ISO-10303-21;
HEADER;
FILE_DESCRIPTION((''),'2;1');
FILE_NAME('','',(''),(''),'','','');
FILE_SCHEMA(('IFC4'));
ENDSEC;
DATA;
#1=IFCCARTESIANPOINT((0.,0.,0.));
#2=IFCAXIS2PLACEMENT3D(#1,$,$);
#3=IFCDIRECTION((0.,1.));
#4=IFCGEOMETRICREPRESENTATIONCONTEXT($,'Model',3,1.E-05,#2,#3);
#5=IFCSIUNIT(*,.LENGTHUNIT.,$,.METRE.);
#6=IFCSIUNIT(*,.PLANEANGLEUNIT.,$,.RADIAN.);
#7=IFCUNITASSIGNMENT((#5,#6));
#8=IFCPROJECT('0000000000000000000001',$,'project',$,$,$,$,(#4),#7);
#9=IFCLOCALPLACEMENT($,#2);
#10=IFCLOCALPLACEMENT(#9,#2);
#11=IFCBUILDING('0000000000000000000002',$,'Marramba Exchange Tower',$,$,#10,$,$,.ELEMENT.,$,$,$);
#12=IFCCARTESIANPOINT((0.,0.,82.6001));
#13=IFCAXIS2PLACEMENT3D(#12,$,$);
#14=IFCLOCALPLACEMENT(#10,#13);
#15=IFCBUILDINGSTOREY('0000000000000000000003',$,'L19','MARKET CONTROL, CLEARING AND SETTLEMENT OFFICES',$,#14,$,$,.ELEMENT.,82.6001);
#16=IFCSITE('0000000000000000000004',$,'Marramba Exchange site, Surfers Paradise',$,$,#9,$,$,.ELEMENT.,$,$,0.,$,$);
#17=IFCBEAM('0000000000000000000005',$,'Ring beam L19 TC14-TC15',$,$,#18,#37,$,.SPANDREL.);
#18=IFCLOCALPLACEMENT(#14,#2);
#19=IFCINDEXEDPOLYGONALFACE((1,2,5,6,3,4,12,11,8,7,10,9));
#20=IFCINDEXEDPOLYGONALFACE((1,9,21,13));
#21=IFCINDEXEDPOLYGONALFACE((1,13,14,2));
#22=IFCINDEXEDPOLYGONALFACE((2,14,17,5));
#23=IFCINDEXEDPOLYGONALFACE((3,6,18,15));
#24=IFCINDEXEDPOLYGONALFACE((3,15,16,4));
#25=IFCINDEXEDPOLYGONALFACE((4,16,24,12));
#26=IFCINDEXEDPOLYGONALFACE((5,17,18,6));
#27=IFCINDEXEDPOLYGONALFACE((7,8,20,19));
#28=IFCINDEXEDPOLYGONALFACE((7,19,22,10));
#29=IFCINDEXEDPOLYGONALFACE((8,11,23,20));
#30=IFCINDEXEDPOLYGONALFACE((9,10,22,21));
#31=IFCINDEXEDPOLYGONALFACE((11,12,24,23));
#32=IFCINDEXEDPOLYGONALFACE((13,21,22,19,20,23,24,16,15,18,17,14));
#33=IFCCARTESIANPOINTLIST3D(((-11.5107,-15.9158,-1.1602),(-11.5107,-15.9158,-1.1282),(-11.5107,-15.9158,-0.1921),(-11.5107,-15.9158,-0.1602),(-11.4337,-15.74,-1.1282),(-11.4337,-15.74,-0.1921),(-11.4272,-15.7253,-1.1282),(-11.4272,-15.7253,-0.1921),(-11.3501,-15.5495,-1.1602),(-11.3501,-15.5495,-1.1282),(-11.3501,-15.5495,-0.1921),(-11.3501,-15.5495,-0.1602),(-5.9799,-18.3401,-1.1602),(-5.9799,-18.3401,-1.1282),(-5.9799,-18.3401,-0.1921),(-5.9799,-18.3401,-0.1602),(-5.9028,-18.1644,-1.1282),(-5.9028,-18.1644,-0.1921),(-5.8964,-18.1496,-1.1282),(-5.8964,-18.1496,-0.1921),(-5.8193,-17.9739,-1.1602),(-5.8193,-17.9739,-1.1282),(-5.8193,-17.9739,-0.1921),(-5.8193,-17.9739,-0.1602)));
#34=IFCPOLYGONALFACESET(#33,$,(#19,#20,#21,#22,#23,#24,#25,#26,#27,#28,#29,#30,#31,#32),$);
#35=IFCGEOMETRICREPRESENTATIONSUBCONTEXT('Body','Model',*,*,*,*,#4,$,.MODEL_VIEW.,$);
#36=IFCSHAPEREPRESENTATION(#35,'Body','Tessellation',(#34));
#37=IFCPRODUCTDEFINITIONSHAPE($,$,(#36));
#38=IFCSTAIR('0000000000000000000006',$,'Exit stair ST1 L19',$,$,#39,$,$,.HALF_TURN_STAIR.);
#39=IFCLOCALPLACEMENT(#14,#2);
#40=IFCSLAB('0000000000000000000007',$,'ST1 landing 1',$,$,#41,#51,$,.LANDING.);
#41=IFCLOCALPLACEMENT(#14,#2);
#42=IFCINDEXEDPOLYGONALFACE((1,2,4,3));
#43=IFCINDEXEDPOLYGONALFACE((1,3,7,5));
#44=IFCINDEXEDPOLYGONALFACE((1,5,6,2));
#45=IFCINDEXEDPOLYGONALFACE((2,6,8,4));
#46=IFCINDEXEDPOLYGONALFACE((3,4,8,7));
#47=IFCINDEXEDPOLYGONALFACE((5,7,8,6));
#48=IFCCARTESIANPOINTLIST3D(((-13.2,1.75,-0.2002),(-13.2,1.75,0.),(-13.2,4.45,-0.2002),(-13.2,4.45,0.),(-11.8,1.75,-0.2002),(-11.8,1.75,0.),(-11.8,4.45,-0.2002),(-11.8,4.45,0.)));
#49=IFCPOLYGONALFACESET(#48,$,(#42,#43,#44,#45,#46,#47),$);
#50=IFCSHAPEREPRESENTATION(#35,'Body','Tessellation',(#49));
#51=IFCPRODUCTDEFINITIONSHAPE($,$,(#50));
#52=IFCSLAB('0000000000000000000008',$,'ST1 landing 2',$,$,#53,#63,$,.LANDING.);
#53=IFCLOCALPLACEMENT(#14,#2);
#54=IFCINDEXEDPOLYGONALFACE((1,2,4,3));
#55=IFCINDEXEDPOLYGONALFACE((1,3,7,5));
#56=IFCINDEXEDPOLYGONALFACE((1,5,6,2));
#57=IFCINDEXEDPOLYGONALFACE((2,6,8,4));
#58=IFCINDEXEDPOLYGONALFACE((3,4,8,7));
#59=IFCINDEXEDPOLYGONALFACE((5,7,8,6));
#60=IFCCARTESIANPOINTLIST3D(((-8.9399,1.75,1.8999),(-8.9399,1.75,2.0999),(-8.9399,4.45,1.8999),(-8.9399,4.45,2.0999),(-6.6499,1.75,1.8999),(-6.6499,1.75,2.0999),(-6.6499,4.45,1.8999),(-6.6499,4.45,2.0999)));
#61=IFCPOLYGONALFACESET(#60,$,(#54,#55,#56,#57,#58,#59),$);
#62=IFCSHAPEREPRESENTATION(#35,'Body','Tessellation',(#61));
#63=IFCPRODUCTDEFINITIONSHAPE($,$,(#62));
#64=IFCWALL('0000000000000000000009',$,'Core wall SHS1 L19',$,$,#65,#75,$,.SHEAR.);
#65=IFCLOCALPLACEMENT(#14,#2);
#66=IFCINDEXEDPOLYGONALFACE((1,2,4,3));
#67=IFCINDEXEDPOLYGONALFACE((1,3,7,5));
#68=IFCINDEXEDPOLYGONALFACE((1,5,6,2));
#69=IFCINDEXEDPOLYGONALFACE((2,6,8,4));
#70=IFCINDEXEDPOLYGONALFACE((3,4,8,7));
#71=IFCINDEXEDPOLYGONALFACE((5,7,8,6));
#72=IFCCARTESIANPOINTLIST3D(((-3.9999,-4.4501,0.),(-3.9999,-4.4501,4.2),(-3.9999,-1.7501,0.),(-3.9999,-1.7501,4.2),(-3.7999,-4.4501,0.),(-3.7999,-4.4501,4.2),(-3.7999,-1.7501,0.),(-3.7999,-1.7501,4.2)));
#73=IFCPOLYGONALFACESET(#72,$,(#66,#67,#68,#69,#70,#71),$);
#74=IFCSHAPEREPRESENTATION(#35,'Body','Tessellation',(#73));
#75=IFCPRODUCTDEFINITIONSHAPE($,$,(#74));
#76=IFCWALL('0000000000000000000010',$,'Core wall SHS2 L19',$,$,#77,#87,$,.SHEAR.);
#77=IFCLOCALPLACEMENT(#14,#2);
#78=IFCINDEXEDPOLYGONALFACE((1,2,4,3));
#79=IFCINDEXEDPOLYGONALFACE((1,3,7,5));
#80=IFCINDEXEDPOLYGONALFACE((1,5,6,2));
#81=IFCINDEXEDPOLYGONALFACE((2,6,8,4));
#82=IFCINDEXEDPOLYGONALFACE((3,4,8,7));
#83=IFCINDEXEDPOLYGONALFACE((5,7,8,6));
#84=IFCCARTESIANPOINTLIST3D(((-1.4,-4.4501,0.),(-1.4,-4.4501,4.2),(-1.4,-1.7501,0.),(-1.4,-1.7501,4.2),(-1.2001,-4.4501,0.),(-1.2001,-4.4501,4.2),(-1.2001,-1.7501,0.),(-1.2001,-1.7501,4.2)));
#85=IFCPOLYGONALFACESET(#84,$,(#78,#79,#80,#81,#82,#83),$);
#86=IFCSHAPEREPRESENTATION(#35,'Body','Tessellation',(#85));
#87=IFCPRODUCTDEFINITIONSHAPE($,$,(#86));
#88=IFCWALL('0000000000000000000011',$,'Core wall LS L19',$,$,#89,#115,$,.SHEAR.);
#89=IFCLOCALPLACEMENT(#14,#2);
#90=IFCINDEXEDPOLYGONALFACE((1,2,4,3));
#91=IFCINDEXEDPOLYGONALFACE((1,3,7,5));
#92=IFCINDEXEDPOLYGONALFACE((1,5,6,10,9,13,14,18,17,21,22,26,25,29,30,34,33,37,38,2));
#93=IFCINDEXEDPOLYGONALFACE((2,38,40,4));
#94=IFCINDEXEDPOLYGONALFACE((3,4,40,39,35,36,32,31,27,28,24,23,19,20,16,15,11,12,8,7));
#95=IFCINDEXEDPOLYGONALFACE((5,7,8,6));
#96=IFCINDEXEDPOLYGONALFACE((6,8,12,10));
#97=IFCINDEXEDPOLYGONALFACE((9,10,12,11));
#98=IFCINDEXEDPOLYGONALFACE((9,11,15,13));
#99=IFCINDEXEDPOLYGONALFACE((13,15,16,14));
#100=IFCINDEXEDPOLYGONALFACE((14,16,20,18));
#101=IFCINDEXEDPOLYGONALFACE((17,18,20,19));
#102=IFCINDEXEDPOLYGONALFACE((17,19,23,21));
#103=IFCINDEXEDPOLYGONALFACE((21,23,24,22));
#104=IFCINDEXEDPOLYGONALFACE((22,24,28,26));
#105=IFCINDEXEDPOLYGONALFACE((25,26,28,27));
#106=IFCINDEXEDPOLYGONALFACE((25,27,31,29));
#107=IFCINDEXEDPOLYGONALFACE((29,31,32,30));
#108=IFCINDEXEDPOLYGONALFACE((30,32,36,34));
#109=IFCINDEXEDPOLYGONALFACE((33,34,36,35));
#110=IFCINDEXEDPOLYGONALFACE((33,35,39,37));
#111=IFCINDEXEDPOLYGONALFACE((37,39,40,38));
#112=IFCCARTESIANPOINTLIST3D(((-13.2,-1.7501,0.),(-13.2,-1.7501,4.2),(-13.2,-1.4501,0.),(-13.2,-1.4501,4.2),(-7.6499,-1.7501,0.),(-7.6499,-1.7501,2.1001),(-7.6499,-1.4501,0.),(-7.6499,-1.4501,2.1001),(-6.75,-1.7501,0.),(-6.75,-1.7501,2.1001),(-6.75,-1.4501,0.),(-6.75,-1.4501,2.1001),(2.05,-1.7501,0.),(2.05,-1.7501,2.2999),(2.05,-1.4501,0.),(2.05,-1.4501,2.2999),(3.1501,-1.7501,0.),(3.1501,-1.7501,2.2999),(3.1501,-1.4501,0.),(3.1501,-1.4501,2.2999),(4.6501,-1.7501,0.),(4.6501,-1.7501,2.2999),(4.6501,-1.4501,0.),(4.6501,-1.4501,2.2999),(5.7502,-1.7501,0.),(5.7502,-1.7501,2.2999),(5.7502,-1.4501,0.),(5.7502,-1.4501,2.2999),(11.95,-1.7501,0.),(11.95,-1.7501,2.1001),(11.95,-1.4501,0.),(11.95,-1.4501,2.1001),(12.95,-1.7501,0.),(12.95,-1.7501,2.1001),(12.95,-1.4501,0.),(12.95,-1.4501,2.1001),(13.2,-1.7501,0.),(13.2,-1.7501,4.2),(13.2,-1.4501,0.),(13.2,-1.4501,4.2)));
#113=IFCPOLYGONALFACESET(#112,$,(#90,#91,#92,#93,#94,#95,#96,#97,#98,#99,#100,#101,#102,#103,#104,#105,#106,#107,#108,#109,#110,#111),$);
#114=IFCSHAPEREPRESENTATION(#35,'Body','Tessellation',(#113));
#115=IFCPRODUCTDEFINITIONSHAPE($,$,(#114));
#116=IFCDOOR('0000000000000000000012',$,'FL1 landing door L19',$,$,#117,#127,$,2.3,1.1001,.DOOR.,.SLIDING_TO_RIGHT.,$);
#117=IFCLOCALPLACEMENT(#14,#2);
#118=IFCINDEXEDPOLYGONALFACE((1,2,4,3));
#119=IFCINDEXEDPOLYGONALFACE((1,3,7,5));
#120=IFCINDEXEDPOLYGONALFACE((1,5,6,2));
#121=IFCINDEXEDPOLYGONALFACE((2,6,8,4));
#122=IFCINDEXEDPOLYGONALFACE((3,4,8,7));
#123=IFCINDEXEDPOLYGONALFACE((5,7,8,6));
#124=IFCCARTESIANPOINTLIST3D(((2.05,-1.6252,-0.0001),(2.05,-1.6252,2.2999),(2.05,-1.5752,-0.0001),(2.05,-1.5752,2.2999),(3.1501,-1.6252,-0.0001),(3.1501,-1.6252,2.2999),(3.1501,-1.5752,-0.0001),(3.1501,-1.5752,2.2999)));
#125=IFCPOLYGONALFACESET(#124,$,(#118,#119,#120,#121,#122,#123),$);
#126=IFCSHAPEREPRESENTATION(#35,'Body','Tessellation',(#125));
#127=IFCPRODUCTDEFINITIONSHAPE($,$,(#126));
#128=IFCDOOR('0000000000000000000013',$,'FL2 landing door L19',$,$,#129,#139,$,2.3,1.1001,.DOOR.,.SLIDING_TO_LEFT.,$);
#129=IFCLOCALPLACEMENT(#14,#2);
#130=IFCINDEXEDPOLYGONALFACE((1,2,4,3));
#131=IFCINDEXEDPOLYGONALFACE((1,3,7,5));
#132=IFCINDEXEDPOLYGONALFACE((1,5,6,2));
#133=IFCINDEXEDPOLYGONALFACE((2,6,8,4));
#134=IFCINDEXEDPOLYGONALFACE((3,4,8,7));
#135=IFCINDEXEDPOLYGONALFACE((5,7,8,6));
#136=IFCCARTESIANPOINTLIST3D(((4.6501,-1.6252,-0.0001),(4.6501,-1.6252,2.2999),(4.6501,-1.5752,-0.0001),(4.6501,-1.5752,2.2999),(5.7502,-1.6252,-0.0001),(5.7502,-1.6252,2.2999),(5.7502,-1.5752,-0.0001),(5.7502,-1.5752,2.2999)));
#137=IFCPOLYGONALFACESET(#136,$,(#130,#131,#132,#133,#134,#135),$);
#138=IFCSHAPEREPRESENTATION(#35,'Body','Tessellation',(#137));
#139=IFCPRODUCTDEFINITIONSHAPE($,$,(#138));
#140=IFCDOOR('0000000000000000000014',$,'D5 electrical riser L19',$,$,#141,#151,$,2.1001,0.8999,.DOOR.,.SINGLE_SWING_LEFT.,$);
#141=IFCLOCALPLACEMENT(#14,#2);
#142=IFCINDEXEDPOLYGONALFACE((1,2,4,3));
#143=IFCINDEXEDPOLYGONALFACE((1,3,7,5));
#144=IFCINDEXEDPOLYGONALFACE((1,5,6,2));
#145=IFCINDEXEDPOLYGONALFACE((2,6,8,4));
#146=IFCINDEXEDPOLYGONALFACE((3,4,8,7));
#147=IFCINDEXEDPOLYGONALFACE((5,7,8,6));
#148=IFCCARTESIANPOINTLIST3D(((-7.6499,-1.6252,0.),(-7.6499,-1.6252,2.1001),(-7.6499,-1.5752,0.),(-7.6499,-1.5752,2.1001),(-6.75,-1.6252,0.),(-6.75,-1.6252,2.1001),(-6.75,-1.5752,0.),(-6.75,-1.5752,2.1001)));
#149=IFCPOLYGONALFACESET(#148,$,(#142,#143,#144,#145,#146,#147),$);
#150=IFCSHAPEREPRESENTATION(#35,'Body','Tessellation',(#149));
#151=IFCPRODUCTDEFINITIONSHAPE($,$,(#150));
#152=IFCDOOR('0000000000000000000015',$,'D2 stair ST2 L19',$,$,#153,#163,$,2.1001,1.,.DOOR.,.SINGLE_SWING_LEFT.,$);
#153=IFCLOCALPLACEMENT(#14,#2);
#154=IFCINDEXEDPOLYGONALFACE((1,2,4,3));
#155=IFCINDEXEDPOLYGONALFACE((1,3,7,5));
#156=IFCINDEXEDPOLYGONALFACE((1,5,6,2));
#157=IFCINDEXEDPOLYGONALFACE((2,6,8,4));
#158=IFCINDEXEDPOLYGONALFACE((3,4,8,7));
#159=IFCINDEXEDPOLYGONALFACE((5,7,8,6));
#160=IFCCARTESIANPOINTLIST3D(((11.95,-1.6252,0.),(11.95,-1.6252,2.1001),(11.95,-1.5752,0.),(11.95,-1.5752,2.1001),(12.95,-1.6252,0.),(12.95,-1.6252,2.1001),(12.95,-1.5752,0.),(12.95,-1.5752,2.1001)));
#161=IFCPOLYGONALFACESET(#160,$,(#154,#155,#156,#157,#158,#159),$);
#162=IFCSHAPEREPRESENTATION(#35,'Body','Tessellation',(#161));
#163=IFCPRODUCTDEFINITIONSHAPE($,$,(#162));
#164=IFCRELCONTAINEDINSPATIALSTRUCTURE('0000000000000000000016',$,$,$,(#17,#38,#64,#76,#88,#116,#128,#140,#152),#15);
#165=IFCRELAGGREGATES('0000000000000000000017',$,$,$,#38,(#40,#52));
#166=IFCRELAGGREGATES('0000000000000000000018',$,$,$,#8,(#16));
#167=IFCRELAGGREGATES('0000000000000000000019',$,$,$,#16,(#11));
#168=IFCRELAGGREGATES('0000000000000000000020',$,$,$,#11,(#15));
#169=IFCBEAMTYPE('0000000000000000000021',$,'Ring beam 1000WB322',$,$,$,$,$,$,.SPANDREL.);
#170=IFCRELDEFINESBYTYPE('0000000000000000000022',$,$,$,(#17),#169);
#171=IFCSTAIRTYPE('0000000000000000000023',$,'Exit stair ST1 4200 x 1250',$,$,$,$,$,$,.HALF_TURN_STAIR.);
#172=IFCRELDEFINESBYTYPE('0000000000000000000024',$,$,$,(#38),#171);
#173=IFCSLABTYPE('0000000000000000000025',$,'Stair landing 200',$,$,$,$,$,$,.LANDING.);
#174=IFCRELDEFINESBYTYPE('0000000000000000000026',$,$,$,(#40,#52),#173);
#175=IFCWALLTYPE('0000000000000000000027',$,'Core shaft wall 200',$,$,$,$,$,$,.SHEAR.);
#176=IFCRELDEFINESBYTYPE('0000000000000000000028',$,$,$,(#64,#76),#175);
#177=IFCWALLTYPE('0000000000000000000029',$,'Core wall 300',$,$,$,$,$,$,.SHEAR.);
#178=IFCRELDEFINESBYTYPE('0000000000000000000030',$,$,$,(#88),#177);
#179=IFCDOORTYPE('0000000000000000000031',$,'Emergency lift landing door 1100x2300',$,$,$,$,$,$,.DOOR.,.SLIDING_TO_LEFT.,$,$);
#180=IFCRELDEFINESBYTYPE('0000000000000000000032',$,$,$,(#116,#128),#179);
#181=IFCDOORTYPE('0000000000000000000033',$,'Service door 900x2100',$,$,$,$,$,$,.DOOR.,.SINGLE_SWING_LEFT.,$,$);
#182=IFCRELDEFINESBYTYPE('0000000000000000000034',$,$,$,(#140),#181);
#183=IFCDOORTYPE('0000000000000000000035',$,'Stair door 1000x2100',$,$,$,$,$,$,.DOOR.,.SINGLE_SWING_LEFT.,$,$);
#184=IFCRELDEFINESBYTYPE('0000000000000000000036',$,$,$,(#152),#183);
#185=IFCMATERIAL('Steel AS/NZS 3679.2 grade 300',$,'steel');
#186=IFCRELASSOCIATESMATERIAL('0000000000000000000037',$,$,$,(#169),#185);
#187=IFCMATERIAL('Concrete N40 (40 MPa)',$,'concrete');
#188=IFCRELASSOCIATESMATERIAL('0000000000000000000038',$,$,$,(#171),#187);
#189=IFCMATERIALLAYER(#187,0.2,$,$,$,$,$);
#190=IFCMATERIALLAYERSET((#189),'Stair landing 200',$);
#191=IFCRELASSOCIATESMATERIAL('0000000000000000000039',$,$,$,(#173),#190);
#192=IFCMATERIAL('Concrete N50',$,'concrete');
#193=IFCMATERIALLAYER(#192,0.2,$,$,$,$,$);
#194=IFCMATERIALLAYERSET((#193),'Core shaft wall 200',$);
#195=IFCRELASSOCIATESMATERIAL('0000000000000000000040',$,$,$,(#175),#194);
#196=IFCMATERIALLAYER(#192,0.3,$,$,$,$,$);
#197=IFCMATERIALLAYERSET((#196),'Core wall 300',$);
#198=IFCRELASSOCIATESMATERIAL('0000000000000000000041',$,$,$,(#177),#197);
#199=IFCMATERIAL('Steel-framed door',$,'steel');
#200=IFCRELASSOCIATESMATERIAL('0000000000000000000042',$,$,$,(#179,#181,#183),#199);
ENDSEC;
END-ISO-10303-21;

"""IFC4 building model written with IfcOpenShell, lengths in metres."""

from ifc_helpers import new_model, si_unit, direction, frame, frame_2d, origin, origin_2d, place, context, subcontext, project, spatial, polyline, rectangle, i_section, outline, extrude, material, layer, layer_set, material_profile, profile_set, type_object, element, fill, aggregate, save


model = new_model("IFC4")

# Units and contexts
model_context = context("Model", 3, precision=1e-05, world=origin(), true_north=direction((0.0, 1.0)))
body_context = subcontext(model_context, "Body", "Model", "MODEL_VIEW")
ifc_project = project(units=[si_unit("LENGTHUNIT", "METRE"), si_unit("PLANEANGLEUNIT", "RADIAN")], contexts=[model_context])

# Site, building, storey
site_placement = place(None, origin())
site = spatial("IfcSite", under=ifc_project, at=site_placement, Name="Marramba Exchange site, Surfers Paradise", CompositionType="ELEMENT", RefElevation=0.0)
building_placement = place(site_placement, origin())
building = spatial("IfcBuilding", under=site, at=building_placement, Name="Marramba Exchange Tower", CompositionType="ELEMENT")
storey_placement = place(building_placement, frame((0.0, 0.0, 82.6001)))
storey = spatial("IfcBuildingStorey", under=building, at=storey_placement, Name="L19", Description="MARKET CONTROL, CLEARING AND SETTLEMENT OFFICES", CompositionType="ELEMENT", Elevation=82.6001)

# Shared definitions
ifc_material_1 = material(Name="Concrete N50", Category="concrete")

# Beam
ifc_material_2 = material(Name="Steel AS/NZS 3679.2 grade 300", Category="steel")
ifc_material_profile_1 = material_profile(ifc_material_2, i_section(OverallWidth=0.3999, OverallDepth=1.0, WebThickness=0.0161, FlangeThickness=0.032, at=origin_2d()), Name="1000WB322")
ifc_profile_set_1 = profile_set([ifc_material_profile_1], Name="Steel AS/NZS 3679.2 grade 300")
beam_type_1 = type_object("IfcBeamType", Name="Ring beam 1000WB322", PredefinedType="SPANDREL", material=ifc_profile_set_1)
beam_1_placement = place(storey_placement, frame((-11.4304, -15.7327, -0.6602), z_axis=(0.915877, -0.401459, 0.0), x_axis=(0.401459, 0.915877, 0.0)))
element("IfcBeam", 1, at=beam_1_placement, inside=storey, type_object=beam_type_1, Name="Ring beam L19 TC14-TC15", PredefinedType="SPANDREL", context=body_context, shape_type="SweptSolid", body=[
    extrude(i_section(OverallWidth=0.3999, OverallDepth=1.0, WebThickness=0.0161, FlangeThickness=0.032, at=origin_2d()), origin(), (0.0, 0.0, 1.0), 6.0388),
])

# Stair, slabs
ifc_material_3 = material(Name="Concrete N40 (40 MPa)", Category="concrete")
stair_type = type_object("IfcStairType", Name="Exit stair ST1 4200 x 1250", PredefinedType="HALF_TURN_STAIR", material=ifc_material_3)
stair_placement = place(storey_placement, origin())
stair = element("IfcStair", 2, at=stair_placement, inside=storey, type_object=stair_type, Name="Exit stair ST1 L19", PredefinedType="HALF_TURN_STAIR")
ifc_layer_1 = layer(ifc_material_3, 0.2)
ifc_layer_set_1 = layer_set([ifc_layer_1], Name="Stair landing 200")
slab_type_1 = type_object("IfcSlabType", Name="Stair landing 200", PredefinedType="LANDING", material=ifc_layer_set_1)
slab_1_placement = place(storey_placement, frame((0.0, 0.0, -0.2002)))
slab_1 = element("IfcSlab", 3, at=slab_1_placement, type_object=slab_type_1, Name="ST1 landing 1", PredefinedType="LANDING", context=body_context, shape_type="SweptSolid", body=[
    extrude(outline(polyline([(-13.2, 1.75), (-11.8, 1.75), (-11.8, 4.45), (-13.2, 4.45), (-13.2, 1.75)])), origin(), (0.0, 0.0, 1.0), 0.2002),
])
slab_2_placement = place(storey_placement, frame((0.0, 0.0, 1.8999)))
slab_2 = element("IfcSlab", 4, at=slab_2_placement, type_object=slab_type_1, Name="ST1 landing 2", PredefinedType="LANDING", context=body_context, shape_type="SweptSolid", body=[
    extrude(outline(polyline([(-8.9399, 1.75), (-6.6499, 1.75), (-6.6499, 4.45), (-8.9399, 4.45), (-8.9399, 1.75)])), origin(), (0.0, 0.0, 1.0), 0.2),
])
aggregate(stair, [slab_1, slab_2])

# Walls
ifc_layer_2 = layer(ifc_material_1, 0.2)
ifc_layer_set_2 = layer_set([ifc_layer_2], Name="Core shaft wall 200")
wall_type_1 = type_object("IfcWallType", Name="Core shaft wall 200", PredefinedType="SHEAR", material=ifc_layer_set_2)
for number, where, z_axis, x_axis, name in (
    (5, (-3.8999, -1.75, 0.0), (0.0, 0.0, 1.0), (0.0, -1.0, 0.0), "Core wall SHS1 L19"),
    (6, (-1.3, -1.75, 0.0), (0.0, 0.0, 1.0), (0.0, -1.0, 0.0), "Core wall SHS2 L19"),
):
    element("IfcWall", number, at=place(storey_placement, frame(where, z_axis=z_axis, x_axis=x_axis)), inside=storey, type_object=wall_type_1, Name=name, PredefinedType="SHEAR", context=body_context, shape_type="SweptSolid", body=[
        extrude(rectangle(XDim=2.7, YDim=0.2, at=frame_2d((1.3501, 0.0))), origin(), (0.0, 0.0, 1.0), 4.2),
    ])

# Wall, openings, doors
ifc_layer_3 = layer(ifc_material_1, 0.3)
ifc_layer_set_3 = layer_set([ifc_layer_3], Name="Core wall 300")
wall_type_2 = type_object("IfcWallType", Name="Core wall 300", PredefinedType="SHEAR", material=ifc_layer_set_3)
wall_1_placement = place(storey_placement, frame((-13.2, -1.6001, 0.0), z_axis=(0.0, 0.0, 1.0), x_axis=(1.0, 0.0, 0.0)))
wall_1 = element("IfcWall", 7, at=wall_1_placement, inside=storey, type_object=wall_type_2, Name="Core wall LS L19", PredefinedType="SHEAR", context=body_context, shape_type="SweptSolid", body=[
    extrude(rectangle(XDim=26.3999, YDim=0.3, at=frame_2d((13.2, 0.0))), origin(), (0.0, 0.0, 1.0), 4.2),
])
opening_1_placement = place(wall_1_placement, frame((25.1499, 0.0, 0.0)))
opening_1 = element("IfcOpeningElement", 8, at=opening_1_placement, cuts=wall_1, PredefinedType="OPENING", context=body_context, shape_type="SweptSolid", body=[
    extrude(rectangle(XDim=1.0, YDim=2.1001, at=frame_2d((0.5, 1.05))), frame((0.0, 0.1599, 0.0), z_axis=(0.0, -1.0, 0.0), x_axis=(1.0, 0.0, 0.0)), (0.0, 0.0, 1.0), 0.3201),
])
opening_2_placement = place(wall_1_placement, frame((15.25, 0.0, 0.0)))
opening_2 = element("IfcOpeningElement", 9, at=opening_2_placement, cuts=wall_1, PredefinedType="OPENING", context=body_context, shape_type="SweptSolid", body=[
    extrude(rectangle(XDim=1.1001, YDim=2.3, at=frame_2d((0.55, 1.1499))), frame((0.0, 0.1599, 0.0), z_axis=(0.0, -1.0, 0.0), x_axis=(1.0, 0.0, 0.0)), (0.0, 0.0, 1.0), 0.3201),
])
opening_3_placement = place(wall_1_placement, frame((17.8501, 0.0, 0.0)))
opening_3 = element("IfcOpeningElement", 10, at=opening_3_placement, cuts=wall_1, PredefinedType="OPENING", context=body_context, shape_type="SweptSolid", body=[
    extrude(rectangle(XDim=1.1001, YDim=2.3, at=frame_2d((0.55, 1.1499))), frame((0.0, 0.1599, 0.0), z_axis=(0.0, -1.0, 0.0), x_axis=(1.0, 0.0, 0.0)), (0.0, 0.0, 1.0), 0.3201),
])
opening_4_placement = place(wall_1_placement, frame((5.55, 0.0, 0.0)))
opening_4 = element("IfcOpeningElement", 11, at=opening_4_placement, cuts=wall_1, PredefinedType="OPENING", context=body_context, shape_type="SweptSolid", body=[
    extrude(rectangle(XDim=0.8999, YDim=2.1001, at=frame_2d((0.45, 1.05))), frame((0.0, 0.1599, 0.0), z_axis=(0.0, -1.0, 0.0), x_axis=(1.0, 0.0, 0.0)), (0.0, 0.0, 1.0), 0.3201),
])
ifc_material_4 = material(Name="Steel-framed door", Category="steel")
door_type_1 = type_object("IfcDoorType", Name="Emergency lift landing door 1100x2300", OperationType="SLIDING_TO_LEFT", PredefinedType="DOOR", material=ifc_material_4)
door_1_placement = place(opening_2_placement, frame((1.1001, 0.0, 0.0), z_axis=(0.0, 0.0, 1.0), x_axis=(-1.0, 0.0, 0.0)))
door_1 = element("IfcDoor", 12, at=door_1_placement, inside=storey, type_object=door_type_1, Name="FL1 landing door L19", OperationType="SLIDING_TO_RIGHT", OverallHeight=2.3, OverallWidth=1.1001, PredefinedType="DOOR", context=body_context, shape_type="SweptSolid", body=[
    extrude(rectangle(XDim=1.1001, YDim=2.3, at=frame_2d((0.55, 1.1499))), frame((0.0, 0.0251, 0.0), z_axis=(0.0, -1.0, 0.0), x_axis=(1.0, 0.0, 0.0)), (0.0, 0.0, 1.0), 0.05),
])
fill(opening_2, door_1)
door_2_placement = place(opening_3_placement, frame((1.1001, 0.0, 0.0), z_axis=(0.0, 0.0, 1.0), x_axis=(-1.0, 0.0, 0.0)))
door_2 = element("IfcDoor", 13, at=door_2_placement, inside=storey, type_object=door_type_1, Name="FL2 landing door L19", OperationType="SLIDING_TO_LEFT", OverallHeight=2.3, OverallWidth=1.1001, PredefinedType="DOOR", context=body_context, shape_type="SweptSolid", body=[
    extrude(rectangle(XDim=1.1001, YDim=2.3, at=frame_2d((0.55, 1.1499))), frame((0.0, 0.0251, 0.0), z_axis=(0.0, -1.0, 0.0), x_axis=(1.0, 0.0, 0.0)), (0.0, 0.0, 1.0), 0.05),
])
fill(opening_3, door_2)
door_type_2 = type_object("IfcDoorType", Name="Service door 900x2100", OperationType="SINGLE_SWING_LEFT", PredefinedType="DOOR", material=ifc_material_4)
door_3_placement = place(opening_4_placement, frame((0.8999, 0.0, 0.0), z_axis=(0.0, 0.0, 1.0), x_axis=(-1.0, 0.0, 0.0)))
door_3 = element("IfcDoor", 14, at=door_3_placement, inside=storey, type_object=door_type_2, Name="D5 electrical riser L19", OperationType="SINGLE_SWING_LEFT", OverallHeight=2.1001, OverallWidth=0.8999, PredefinedType="DOOR", context=body_context, shape_type="SweptSolid", body=[
    extrude(rectangle(XDim=0.8999, YDim=2.1001, at=frame_2d((0.45, 1.05))), frame((0.0, 0.0251, 0.0), z_axis=(0.0, -1.0, 0.0), x_axis=(1.0, 0.0, 0.0)), (0.0, 0.0, 1.0), 0.05),
])
fill(opening_4, door_3)
door_type_3 = type_object("IfcDoorType", Name="Stair door 1000x2100", OperationType="SINGLE_SWING_LEFT", PredefinedType="DOOR", material=ifc_material_4)
door_4_placement = place(opening_1_placement, frame((1.0, 0.0, 0.0), z_axis=(0.0, 0.0, 1.0), x_axis=(-1.0, 0.0, 0.0)))
door_4 = element("IfcDoor", 15, at=door_4_placement, inside=storey, type_object=door_type_3, Name="D2 stair ST2 L19", OperationType="SINGLE_SWING_LEFT", OverallHeight=2.1001, OverallWidth=1.0, PredefinedType="DOOR", context=body_context, shape_type="SweptSolid", body=[
    extrude(rectangle(XDim=1.0, YDim=2.1001, at=frame_2d((0.5, 1.05))), frame((0.0, 0.0251, 0.0), z_axis=(0.0, -1.0, 0.0), x_axis=(1.0, 0.0, 0.0)), (0.0, 0.0, 1.0), 0.05),
])
fill(opening_1, door_4)

save(model, "model.ifc")
